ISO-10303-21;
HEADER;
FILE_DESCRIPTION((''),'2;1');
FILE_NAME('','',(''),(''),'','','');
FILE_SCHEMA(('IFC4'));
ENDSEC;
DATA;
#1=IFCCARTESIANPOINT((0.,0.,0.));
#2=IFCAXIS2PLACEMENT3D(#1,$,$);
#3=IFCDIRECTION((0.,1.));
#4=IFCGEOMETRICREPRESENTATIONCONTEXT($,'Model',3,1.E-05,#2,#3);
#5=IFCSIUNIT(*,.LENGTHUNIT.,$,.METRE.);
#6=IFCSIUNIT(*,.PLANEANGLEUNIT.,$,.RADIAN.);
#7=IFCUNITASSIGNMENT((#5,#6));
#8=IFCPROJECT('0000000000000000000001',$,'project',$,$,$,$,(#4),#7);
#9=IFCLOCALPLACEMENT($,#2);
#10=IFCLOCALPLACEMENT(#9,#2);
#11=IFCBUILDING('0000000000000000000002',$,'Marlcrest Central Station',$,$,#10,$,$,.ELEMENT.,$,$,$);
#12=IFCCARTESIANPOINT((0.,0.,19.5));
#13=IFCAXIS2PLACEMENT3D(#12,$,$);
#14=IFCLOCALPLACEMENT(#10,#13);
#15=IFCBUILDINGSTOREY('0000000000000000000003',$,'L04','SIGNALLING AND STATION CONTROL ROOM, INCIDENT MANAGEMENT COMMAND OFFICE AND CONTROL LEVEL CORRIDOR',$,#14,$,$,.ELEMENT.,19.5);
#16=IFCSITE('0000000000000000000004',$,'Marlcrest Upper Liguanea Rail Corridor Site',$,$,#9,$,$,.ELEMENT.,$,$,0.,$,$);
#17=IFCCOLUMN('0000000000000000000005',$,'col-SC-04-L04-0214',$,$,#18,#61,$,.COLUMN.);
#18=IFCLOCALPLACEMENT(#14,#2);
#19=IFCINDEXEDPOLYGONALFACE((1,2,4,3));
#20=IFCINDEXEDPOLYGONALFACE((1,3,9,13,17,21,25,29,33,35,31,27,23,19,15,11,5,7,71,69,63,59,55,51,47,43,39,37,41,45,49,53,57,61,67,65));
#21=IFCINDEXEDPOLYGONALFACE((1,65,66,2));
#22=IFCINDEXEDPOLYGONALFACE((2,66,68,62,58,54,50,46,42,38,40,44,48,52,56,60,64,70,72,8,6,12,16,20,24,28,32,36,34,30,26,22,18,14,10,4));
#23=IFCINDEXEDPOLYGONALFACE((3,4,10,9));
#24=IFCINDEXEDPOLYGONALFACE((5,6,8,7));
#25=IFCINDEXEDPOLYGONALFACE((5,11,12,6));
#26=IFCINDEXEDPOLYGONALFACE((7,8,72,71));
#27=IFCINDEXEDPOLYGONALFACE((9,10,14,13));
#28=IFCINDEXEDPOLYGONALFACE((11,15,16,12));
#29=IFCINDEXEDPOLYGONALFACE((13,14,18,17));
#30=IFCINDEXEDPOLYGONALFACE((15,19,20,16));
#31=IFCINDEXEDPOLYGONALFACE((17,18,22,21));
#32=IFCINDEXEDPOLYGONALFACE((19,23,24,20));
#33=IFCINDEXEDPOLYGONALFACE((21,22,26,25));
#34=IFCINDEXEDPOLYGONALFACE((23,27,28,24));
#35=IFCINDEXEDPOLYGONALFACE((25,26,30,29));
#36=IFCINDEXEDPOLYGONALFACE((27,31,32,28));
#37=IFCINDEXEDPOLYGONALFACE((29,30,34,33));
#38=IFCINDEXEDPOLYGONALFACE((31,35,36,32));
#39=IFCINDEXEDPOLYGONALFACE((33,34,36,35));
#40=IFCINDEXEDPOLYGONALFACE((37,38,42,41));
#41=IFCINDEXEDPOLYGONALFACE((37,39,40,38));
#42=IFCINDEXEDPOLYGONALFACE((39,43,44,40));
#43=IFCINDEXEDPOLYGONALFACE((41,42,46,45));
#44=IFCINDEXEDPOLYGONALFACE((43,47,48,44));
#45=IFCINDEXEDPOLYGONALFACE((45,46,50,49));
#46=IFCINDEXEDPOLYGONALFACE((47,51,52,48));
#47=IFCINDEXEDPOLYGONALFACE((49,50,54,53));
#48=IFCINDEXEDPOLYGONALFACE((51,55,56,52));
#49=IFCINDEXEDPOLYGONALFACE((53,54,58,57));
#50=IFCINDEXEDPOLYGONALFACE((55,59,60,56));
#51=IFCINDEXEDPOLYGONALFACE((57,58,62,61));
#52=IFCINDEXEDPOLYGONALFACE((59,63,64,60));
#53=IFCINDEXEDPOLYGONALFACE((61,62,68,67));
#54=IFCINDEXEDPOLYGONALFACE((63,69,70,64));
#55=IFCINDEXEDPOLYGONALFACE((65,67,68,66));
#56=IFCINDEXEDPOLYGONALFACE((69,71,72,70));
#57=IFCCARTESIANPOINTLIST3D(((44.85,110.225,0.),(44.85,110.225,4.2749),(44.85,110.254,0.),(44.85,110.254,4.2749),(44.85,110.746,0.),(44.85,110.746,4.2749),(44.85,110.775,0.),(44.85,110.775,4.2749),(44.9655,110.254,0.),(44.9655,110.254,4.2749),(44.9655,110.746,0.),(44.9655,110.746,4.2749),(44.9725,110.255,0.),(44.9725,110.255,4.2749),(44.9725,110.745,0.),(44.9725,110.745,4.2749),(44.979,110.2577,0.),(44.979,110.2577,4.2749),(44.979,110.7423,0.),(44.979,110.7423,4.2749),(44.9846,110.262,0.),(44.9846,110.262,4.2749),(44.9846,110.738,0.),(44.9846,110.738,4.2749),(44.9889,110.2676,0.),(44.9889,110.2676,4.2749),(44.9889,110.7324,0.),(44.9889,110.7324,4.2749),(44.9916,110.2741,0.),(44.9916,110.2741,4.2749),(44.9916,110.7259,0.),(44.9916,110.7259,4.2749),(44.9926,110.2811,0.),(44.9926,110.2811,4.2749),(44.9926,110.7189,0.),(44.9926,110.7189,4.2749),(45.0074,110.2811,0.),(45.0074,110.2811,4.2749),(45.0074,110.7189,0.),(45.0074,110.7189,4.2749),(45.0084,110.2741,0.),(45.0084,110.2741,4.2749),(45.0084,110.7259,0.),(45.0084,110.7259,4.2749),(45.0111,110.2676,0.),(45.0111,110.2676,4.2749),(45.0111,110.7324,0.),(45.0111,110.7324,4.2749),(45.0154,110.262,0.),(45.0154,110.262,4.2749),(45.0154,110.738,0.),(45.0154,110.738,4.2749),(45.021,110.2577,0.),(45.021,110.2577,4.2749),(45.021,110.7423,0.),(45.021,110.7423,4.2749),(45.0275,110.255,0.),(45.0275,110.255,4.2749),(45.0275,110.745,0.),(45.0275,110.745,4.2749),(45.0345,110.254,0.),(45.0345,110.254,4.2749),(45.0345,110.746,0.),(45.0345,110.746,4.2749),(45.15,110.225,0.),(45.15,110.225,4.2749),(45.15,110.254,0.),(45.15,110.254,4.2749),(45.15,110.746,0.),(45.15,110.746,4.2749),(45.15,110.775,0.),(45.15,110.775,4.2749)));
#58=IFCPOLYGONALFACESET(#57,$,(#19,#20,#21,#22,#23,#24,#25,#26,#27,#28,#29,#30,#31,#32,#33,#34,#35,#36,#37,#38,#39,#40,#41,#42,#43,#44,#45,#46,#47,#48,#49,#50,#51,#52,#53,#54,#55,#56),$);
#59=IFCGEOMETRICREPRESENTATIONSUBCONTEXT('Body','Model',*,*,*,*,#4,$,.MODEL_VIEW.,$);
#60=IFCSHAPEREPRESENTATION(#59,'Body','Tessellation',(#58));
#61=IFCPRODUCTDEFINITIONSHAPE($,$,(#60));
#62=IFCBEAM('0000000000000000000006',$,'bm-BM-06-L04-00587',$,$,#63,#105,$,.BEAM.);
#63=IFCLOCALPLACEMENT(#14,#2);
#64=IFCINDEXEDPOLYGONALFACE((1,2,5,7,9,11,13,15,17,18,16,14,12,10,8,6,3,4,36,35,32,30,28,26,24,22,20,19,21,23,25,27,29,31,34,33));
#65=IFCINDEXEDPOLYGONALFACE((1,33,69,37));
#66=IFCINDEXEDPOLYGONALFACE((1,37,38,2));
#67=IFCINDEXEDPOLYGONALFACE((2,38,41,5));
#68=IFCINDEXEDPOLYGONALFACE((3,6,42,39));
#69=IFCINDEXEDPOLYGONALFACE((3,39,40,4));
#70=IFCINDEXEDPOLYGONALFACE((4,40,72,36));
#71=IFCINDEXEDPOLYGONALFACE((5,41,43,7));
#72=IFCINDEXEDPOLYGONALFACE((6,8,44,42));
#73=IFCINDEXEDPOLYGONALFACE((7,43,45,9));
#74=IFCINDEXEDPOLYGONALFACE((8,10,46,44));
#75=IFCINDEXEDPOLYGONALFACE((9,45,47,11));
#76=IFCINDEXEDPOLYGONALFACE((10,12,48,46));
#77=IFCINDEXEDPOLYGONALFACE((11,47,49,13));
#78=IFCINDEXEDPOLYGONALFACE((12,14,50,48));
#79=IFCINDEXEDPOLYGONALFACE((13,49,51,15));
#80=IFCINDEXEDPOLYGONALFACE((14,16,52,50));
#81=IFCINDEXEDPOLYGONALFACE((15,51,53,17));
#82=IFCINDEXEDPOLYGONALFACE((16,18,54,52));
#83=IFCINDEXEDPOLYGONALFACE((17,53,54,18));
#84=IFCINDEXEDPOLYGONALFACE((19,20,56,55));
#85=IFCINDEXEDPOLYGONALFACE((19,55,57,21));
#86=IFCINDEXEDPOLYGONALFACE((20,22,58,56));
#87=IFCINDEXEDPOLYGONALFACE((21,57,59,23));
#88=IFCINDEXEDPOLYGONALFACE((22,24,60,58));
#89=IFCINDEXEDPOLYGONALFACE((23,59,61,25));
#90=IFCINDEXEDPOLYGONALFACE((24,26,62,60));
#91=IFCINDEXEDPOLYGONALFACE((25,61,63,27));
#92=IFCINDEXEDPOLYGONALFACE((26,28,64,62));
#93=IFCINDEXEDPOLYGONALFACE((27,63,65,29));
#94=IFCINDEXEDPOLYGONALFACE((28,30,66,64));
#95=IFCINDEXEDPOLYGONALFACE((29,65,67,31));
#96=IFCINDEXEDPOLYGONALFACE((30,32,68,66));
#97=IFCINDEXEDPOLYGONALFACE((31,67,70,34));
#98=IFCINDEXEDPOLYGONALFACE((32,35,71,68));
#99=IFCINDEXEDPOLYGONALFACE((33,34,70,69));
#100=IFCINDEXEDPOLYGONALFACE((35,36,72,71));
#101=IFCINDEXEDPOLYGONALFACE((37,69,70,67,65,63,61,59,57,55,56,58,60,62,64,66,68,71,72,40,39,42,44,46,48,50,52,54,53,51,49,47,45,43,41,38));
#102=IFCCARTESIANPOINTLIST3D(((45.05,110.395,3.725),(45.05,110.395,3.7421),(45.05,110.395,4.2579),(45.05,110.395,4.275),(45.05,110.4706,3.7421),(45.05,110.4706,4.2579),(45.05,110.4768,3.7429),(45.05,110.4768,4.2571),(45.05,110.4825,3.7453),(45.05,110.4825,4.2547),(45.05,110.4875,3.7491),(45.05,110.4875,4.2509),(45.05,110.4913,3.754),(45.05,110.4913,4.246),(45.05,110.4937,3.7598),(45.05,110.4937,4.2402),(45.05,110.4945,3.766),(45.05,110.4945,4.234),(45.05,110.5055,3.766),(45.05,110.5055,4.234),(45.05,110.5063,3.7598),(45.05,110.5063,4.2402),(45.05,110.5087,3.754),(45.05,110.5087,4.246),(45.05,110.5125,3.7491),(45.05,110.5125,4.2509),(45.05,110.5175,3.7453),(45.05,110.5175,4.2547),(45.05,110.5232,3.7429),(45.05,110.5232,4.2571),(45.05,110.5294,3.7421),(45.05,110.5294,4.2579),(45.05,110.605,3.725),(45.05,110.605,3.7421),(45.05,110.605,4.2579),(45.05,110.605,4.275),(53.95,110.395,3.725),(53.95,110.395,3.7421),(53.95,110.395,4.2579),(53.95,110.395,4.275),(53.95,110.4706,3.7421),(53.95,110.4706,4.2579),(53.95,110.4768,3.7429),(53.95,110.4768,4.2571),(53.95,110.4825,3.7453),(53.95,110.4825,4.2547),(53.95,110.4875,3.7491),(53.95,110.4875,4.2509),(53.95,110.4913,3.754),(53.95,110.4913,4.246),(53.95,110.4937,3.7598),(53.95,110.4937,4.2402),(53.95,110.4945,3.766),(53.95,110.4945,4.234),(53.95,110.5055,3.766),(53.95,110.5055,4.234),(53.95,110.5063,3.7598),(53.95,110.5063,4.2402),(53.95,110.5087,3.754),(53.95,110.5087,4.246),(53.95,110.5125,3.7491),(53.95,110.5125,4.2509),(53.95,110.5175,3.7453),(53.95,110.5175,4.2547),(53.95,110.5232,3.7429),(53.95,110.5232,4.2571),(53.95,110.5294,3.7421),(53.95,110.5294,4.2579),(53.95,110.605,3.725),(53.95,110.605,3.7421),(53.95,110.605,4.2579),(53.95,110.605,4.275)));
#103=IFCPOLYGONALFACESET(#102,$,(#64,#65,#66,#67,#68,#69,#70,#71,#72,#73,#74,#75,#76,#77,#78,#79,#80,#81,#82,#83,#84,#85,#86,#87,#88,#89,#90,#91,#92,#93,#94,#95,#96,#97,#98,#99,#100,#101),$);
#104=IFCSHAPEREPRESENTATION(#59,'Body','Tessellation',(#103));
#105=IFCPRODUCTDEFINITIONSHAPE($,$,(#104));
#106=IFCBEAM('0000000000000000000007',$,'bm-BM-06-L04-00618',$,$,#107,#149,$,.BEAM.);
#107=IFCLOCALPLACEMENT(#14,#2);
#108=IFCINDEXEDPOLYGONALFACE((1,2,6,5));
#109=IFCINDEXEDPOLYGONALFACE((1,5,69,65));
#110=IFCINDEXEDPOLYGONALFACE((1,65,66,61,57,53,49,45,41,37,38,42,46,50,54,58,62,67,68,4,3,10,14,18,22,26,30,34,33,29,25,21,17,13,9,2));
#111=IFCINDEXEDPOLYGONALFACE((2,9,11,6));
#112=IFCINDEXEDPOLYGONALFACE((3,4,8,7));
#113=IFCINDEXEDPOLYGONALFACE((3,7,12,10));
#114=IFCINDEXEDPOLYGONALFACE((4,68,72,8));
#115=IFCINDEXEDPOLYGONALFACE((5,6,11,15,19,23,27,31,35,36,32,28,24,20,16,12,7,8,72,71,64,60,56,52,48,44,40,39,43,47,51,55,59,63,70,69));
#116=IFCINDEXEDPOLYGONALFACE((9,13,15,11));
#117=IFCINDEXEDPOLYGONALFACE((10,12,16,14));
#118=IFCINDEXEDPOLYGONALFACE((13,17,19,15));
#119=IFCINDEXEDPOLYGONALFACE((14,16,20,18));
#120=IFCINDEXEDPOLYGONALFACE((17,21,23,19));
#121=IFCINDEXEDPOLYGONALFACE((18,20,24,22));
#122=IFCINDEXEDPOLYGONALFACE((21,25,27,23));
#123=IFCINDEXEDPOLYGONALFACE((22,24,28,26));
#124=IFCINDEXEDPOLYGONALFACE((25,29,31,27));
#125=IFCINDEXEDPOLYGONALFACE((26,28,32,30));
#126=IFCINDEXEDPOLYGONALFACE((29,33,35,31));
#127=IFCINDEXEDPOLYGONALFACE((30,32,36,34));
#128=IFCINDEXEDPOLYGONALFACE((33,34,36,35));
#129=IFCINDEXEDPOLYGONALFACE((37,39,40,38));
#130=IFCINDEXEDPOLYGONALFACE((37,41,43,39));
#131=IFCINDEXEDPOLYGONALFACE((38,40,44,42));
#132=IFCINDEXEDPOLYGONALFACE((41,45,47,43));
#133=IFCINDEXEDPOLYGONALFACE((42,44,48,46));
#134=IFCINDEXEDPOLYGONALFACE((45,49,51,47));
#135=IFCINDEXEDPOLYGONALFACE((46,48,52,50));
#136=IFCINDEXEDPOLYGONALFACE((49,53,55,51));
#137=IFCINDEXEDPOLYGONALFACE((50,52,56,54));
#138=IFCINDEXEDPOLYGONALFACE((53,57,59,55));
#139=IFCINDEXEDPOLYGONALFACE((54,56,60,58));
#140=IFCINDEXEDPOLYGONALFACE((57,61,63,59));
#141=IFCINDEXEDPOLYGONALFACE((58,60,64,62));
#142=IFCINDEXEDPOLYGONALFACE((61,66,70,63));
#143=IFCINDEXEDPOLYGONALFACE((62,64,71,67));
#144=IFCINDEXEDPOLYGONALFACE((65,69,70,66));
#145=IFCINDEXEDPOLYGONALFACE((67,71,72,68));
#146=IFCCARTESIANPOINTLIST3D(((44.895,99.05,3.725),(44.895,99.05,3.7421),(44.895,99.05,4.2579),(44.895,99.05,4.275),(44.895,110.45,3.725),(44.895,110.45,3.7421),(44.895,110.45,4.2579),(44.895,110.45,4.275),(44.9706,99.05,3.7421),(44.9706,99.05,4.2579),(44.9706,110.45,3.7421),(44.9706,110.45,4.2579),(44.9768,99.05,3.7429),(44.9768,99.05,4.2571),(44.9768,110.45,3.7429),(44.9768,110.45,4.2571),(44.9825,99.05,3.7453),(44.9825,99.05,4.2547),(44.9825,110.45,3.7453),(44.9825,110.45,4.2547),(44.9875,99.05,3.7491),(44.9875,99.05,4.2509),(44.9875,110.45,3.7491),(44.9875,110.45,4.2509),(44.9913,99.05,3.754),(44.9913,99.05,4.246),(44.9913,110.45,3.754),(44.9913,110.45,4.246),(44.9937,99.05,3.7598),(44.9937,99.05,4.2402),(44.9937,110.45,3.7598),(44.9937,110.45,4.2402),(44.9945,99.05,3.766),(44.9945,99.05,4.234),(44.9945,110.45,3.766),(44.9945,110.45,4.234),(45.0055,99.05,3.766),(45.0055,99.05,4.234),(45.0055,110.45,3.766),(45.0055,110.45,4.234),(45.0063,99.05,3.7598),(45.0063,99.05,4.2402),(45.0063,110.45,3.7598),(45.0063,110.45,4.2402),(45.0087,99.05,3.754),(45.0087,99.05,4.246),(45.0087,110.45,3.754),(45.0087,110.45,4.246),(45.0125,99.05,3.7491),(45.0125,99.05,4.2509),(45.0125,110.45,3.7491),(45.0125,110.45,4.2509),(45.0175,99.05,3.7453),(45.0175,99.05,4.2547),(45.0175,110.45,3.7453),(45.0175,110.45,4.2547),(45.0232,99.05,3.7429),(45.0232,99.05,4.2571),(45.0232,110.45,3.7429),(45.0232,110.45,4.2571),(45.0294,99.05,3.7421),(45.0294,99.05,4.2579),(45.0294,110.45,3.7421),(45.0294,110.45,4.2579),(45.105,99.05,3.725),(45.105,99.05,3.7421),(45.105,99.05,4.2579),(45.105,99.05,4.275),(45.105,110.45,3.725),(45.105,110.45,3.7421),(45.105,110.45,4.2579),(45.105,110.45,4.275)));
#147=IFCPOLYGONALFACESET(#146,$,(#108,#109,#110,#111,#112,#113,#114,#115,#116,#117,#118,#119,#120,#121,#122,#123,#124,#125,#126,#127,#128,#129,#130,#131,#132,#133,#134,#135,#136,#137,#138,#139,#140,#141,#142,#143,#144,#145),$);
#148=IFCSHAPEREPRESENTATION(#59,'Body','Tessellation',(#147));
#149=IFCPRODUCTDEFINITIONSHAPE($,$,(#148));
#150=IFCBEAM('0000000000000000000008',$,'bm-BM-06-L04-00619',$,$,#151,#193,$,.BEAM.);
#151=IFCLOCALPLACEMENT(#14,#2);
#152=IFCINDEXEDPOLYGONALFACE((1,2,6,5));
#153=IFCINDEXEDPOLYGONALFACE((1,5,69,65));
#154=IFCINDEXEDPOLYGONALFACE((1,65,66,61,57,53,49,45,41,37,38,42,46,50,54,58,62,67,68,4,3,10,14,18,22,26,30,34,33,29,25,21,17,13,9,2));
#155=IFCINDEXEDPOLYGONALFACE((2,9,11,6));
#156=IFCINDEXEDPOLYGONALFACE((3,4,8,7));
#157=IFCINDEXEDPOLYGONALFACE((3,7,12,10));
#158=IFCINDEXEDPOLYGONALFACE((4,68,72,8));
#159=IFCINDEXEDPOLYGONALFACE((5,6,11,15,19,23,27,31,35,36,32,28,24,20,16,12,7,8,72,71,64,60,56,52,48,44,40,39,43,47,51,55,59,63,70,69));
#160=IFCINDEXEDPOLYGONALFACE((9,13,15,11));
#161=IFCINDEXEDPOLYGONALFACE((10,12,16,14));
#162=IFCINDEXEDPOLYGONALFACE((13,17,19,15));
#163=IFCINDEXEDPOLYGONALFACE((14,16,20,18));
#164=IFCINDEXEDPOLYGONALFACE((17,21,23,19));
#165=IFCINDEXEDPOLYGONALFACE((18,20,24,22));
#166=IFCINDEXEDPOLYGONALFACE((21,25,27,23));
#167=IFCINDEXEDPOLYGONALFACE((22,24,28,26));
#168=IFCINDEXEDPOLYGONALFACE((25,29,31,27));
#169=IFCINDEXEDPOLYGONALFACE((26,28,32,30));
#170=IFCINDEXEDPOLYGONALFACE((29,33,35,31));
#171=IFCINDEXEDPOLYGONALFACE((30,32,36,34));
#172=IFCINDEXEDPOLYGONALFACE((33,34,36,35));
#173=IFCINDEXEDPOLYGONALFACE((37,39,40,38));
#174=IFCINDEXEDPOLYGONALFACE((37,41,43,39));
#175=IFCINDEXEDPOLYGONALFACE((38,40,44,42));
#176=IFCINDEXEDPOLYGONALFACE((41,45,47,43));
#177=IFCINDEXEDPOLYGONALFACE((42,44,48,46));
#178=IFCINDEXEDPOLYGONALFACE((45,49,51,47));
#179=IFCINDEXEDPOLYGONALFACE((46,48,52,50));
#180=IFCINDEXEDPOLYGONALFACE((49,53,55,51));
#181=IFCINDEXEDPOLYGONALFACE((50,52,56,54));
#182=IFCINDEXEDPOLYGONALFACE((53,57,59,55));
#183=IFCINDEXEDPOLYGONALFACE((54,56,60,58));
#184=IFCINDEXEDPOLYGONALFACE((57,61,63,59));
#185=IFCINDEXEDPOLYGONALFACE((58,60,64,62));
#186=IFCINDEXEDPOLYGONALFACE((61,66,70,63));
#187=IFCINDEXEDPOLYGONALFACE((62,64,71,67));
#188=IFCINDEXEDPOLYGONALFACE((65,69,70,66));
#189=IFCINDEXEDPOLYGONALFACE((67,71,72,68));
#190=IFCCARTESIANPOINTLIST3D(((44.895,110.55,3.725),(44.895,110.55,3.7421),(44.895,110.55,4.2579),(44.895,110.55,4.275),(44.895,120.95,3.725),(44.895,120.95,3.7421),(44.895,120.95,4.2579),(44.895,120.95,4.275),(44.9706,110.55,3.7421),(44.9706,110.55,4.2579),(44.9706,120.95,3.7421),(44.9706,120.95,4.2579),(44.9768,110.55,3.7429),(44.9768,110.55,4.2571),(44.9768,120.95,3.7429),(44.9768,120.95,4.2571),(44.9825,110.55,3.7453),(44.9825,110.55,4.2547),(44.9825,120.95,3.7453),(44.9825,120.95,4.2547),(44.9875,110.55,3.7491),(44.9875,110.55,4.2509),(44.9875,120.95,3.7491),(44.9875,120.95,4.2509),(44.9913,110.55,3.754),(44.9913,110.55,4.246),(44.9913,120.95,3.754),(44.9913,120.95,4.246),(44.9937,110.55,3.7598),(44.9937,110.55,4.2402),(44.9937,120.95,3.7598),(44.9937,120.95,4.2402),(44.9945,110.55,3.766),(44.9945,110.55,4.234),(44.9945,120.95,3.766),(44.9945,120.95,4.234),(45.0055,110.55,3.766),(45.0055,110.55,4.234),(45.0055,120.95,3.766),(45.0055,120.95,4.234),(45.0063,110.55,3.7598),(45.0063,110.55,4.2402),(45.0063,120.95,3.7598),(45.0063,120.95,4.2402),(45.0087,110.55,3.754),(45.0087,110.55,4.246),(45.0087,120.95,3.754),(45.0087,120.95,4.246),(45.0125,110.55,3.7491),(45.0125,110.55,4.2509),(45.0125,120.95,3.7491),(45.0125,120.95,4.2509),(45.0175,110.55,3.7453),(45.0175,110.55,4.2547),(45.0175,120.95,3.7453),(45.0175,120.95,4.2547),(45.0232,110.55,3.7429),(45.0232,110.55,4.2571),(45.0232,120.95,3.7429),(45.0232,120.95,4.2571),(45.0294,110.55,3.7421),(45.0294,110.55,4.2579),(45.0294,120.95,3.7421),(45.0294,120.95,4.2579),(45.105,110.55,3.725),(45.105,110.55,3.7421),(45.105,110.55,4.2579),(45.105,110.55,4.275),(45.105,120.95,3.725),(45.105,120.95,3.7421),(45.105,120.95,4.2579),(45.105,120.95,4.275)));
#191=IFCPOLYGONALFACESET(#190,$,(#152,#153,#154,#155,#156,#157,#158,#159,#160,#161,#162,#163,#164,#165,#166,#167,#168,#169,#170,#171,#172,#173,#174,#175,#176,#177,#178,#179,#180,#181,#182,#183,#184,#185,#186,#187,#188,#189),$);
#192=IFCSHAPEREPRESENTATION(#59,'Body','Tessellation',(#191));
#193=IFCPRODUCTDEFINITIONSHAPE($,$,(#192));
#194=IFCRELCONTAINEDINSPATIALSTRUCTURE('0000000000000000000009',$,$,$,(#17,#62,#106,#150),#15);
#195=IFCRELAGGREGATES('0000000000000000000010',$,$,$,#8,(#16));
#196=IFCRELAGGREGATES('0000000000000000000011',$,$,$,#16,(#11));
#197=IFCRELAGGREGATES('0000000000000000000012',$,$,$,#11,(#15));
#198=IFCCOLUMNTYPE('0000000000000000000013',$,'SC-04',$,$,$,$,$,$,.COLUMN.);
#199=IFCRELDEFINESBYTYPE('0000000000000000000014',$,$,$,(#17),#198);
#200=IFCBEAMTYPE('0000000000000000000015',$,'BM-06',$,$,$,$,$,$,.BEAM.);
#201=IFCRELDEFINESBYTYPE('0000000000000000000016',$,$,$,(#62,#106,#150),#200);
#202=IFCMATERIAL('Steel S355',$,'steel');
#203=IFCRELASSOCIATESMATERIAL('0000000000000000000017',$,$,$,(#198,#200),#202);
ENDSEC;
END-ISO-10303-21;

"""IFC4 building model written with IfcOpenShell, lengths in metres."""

from ifc_helpers import new_model, si_unit, direction, frame, origin, origin_2d, place, context, subcontext, project, spatial, i_section, extrude, material, material_profile, profile_set, type_object, element, save


model = new_model("IFC4")

# Units and contexts
model_context = context("Model", 3, precision=1e-05, world=origin(), true_north=direction((0.0, 1.0)))
body_context = subcontext(model_context, "Body", "Model", "MODEL_VIEW")
ifc_project = project(units=[si_unit("LENGTHUNIT", "METRE"), si_unit("PLANEANGLEUNIT", "RADIAN")], contexts=[model_context])

# Site, building, storey
site_placement = place(None, origin())
site = spatial("IfcSite", under=ifc_project, at=site_placement, Name="Marlcrest Upper Liguanea Rail Corridor Site", CompositionType="ELEMENT", RefElevation=0.0)
building_placement = place(site_placement, origin())
building = spatial("IfcBuilding", under=site, at=building_placement, Name="Marlcrest Central Station", CompositionType="ELEMENT")
storey_placement = place(building_placement, frame((0.0, 0.0, 19.5)))
storey = spatial("IfcBuildingStorey", under=building, at=storey_placement, Name="L04", Description="SIGNALLING AND STATION CONTROL ROOM, INCIDENT MANAGEMENT COMMAND OFFICE AND CONTROL LEVEL CORRIDOR", CompositionType="ELEMENT", Elevation=19.5)

# Column
ifc_material_1 = material(Name="Steel S355", Category="steel")
ifc_material_profile_1 = material_profile(ifc_material_1, i_section(OverallWidth=0.3, OverallDepth=0.55, WebThickness=0.0149, FlangeThickness=0.0291, FilletRadius=0.0271, at=origin_2d()), Name="HEB 550")
ifc_profile_set_1 = profile_set([ifc_material_profile_1], Name="Steel S355")
column_type = type_object("IfcColumnType", Name="SC-04", PredefinedType="COLUMN", material=ifc_profile_set_1)
column_placement = place(storey_placement, frame((45.0, 110.5, 0.0), z_axis=(0.0, 0.0, 1.0), x_axis=(1.0, 0.0, 0.0)))
element("IfcColumn", 1, at=column_placement, inside=storey, type_object=column_type, Name="col-SC-04-L04-0214", PredefinedType="COLUMN", context=body_context, shape_type="SweptSolid", body=[
    extrude(i_section(OverallWidth=0.3, OverallDepth=0.55, WebThickness=0.0149, FlangeThickness=0.0291, FilletRadius=0.0271, at=origin_2d()), origin(), (0.0, 0.0, 1.0), 4.2749),
])

# Beams
ifc_material_profile_2 = material_profile(ifc_material_1, i_section(OverallWidth=0.21, OverallDepth=0.55, WebThickness=0.011, FlangeThickness=0.0171, FilletRadius=0.0239, at=origin_2d()), Name="IPE 550")
ifc_profile_set_2 = profile_set([ifc_material_profile_2], Name="Steel S355")
beam_type_1 = type_object("IfcBeamType", Name="BM-06", PredefinedType="BEAM", material=ifc_profile_set_2)
beam_1_placement = place(storey_placement, frame((45.05, 110.5, 4.0), z_axis=(1.0, 0.0, 0.0), x_axis=(0.0, 1.0, 0.0)))
element("IfcBeam", 2, at=beam_1_placement, inside=storey, type_object=beam_type_1, Name="bm-BM-06-L04-00587", PredefinedType="BEAM", context=body_context, shape_type="SweptSolid", body=[
    extrude(i_section(OverallWidth=0.21, OverallDepth=0.55, WebThickness=0.011, FlangeThickness=0.0171, FilletRadius=0.0239, at=origin_2d()), origin(), (0.0, 0.0, 1.0), 8.8999),
])
beam_2_placement = place(storey_placement, frame((45.0, 99.05, 4.0), z_axis=(0.0, 1.0, 0.0), x_axis=(-1.0, 0.0, 0.0)))
element("IfcBeam", 3, at=beam_2_placement, inside=storey, type_object=beam_type_1, Name="bm-BM-06-L04-00618", PredefinedType="BEAM", context=body_context, shape_type="SweptSolid", body=[
    extrude(i_section(OverallWidth=0.21, OverallDepth=0.55, WebThickness=0.011, FlangeThickness=0.0171, FilletRadius=0.0239, at=origin_2d()), origin(), (0.0, 0.0, 1.0), 11.3999),
])
beam_3_placement = place(storey_placement, frame((45.0, 110.55, 4.0), z_axis=(0.0, 1.0, 0.0), x_axis=(-1.0, 0.0, 0.0)))
element("IfcBeam", 4, at=beam_3_placement, inside=storey, type_object=beam_type_1, Name="bm-BM-06-L04-00619", PredefinedType="BEAM", context=body_context, shape_type="SweptSolid", body=[
    extrude(i_section(OverallWidth=0.21, OverallDepth=0.55, WebThickness=0.011, FlangeThickness=0.0171, FilletRadius=0.0239, at=origin_2d()), origin(), (0.0, 0.0, 1.0), 10.3999),
])

save(model, "model.ifc")
